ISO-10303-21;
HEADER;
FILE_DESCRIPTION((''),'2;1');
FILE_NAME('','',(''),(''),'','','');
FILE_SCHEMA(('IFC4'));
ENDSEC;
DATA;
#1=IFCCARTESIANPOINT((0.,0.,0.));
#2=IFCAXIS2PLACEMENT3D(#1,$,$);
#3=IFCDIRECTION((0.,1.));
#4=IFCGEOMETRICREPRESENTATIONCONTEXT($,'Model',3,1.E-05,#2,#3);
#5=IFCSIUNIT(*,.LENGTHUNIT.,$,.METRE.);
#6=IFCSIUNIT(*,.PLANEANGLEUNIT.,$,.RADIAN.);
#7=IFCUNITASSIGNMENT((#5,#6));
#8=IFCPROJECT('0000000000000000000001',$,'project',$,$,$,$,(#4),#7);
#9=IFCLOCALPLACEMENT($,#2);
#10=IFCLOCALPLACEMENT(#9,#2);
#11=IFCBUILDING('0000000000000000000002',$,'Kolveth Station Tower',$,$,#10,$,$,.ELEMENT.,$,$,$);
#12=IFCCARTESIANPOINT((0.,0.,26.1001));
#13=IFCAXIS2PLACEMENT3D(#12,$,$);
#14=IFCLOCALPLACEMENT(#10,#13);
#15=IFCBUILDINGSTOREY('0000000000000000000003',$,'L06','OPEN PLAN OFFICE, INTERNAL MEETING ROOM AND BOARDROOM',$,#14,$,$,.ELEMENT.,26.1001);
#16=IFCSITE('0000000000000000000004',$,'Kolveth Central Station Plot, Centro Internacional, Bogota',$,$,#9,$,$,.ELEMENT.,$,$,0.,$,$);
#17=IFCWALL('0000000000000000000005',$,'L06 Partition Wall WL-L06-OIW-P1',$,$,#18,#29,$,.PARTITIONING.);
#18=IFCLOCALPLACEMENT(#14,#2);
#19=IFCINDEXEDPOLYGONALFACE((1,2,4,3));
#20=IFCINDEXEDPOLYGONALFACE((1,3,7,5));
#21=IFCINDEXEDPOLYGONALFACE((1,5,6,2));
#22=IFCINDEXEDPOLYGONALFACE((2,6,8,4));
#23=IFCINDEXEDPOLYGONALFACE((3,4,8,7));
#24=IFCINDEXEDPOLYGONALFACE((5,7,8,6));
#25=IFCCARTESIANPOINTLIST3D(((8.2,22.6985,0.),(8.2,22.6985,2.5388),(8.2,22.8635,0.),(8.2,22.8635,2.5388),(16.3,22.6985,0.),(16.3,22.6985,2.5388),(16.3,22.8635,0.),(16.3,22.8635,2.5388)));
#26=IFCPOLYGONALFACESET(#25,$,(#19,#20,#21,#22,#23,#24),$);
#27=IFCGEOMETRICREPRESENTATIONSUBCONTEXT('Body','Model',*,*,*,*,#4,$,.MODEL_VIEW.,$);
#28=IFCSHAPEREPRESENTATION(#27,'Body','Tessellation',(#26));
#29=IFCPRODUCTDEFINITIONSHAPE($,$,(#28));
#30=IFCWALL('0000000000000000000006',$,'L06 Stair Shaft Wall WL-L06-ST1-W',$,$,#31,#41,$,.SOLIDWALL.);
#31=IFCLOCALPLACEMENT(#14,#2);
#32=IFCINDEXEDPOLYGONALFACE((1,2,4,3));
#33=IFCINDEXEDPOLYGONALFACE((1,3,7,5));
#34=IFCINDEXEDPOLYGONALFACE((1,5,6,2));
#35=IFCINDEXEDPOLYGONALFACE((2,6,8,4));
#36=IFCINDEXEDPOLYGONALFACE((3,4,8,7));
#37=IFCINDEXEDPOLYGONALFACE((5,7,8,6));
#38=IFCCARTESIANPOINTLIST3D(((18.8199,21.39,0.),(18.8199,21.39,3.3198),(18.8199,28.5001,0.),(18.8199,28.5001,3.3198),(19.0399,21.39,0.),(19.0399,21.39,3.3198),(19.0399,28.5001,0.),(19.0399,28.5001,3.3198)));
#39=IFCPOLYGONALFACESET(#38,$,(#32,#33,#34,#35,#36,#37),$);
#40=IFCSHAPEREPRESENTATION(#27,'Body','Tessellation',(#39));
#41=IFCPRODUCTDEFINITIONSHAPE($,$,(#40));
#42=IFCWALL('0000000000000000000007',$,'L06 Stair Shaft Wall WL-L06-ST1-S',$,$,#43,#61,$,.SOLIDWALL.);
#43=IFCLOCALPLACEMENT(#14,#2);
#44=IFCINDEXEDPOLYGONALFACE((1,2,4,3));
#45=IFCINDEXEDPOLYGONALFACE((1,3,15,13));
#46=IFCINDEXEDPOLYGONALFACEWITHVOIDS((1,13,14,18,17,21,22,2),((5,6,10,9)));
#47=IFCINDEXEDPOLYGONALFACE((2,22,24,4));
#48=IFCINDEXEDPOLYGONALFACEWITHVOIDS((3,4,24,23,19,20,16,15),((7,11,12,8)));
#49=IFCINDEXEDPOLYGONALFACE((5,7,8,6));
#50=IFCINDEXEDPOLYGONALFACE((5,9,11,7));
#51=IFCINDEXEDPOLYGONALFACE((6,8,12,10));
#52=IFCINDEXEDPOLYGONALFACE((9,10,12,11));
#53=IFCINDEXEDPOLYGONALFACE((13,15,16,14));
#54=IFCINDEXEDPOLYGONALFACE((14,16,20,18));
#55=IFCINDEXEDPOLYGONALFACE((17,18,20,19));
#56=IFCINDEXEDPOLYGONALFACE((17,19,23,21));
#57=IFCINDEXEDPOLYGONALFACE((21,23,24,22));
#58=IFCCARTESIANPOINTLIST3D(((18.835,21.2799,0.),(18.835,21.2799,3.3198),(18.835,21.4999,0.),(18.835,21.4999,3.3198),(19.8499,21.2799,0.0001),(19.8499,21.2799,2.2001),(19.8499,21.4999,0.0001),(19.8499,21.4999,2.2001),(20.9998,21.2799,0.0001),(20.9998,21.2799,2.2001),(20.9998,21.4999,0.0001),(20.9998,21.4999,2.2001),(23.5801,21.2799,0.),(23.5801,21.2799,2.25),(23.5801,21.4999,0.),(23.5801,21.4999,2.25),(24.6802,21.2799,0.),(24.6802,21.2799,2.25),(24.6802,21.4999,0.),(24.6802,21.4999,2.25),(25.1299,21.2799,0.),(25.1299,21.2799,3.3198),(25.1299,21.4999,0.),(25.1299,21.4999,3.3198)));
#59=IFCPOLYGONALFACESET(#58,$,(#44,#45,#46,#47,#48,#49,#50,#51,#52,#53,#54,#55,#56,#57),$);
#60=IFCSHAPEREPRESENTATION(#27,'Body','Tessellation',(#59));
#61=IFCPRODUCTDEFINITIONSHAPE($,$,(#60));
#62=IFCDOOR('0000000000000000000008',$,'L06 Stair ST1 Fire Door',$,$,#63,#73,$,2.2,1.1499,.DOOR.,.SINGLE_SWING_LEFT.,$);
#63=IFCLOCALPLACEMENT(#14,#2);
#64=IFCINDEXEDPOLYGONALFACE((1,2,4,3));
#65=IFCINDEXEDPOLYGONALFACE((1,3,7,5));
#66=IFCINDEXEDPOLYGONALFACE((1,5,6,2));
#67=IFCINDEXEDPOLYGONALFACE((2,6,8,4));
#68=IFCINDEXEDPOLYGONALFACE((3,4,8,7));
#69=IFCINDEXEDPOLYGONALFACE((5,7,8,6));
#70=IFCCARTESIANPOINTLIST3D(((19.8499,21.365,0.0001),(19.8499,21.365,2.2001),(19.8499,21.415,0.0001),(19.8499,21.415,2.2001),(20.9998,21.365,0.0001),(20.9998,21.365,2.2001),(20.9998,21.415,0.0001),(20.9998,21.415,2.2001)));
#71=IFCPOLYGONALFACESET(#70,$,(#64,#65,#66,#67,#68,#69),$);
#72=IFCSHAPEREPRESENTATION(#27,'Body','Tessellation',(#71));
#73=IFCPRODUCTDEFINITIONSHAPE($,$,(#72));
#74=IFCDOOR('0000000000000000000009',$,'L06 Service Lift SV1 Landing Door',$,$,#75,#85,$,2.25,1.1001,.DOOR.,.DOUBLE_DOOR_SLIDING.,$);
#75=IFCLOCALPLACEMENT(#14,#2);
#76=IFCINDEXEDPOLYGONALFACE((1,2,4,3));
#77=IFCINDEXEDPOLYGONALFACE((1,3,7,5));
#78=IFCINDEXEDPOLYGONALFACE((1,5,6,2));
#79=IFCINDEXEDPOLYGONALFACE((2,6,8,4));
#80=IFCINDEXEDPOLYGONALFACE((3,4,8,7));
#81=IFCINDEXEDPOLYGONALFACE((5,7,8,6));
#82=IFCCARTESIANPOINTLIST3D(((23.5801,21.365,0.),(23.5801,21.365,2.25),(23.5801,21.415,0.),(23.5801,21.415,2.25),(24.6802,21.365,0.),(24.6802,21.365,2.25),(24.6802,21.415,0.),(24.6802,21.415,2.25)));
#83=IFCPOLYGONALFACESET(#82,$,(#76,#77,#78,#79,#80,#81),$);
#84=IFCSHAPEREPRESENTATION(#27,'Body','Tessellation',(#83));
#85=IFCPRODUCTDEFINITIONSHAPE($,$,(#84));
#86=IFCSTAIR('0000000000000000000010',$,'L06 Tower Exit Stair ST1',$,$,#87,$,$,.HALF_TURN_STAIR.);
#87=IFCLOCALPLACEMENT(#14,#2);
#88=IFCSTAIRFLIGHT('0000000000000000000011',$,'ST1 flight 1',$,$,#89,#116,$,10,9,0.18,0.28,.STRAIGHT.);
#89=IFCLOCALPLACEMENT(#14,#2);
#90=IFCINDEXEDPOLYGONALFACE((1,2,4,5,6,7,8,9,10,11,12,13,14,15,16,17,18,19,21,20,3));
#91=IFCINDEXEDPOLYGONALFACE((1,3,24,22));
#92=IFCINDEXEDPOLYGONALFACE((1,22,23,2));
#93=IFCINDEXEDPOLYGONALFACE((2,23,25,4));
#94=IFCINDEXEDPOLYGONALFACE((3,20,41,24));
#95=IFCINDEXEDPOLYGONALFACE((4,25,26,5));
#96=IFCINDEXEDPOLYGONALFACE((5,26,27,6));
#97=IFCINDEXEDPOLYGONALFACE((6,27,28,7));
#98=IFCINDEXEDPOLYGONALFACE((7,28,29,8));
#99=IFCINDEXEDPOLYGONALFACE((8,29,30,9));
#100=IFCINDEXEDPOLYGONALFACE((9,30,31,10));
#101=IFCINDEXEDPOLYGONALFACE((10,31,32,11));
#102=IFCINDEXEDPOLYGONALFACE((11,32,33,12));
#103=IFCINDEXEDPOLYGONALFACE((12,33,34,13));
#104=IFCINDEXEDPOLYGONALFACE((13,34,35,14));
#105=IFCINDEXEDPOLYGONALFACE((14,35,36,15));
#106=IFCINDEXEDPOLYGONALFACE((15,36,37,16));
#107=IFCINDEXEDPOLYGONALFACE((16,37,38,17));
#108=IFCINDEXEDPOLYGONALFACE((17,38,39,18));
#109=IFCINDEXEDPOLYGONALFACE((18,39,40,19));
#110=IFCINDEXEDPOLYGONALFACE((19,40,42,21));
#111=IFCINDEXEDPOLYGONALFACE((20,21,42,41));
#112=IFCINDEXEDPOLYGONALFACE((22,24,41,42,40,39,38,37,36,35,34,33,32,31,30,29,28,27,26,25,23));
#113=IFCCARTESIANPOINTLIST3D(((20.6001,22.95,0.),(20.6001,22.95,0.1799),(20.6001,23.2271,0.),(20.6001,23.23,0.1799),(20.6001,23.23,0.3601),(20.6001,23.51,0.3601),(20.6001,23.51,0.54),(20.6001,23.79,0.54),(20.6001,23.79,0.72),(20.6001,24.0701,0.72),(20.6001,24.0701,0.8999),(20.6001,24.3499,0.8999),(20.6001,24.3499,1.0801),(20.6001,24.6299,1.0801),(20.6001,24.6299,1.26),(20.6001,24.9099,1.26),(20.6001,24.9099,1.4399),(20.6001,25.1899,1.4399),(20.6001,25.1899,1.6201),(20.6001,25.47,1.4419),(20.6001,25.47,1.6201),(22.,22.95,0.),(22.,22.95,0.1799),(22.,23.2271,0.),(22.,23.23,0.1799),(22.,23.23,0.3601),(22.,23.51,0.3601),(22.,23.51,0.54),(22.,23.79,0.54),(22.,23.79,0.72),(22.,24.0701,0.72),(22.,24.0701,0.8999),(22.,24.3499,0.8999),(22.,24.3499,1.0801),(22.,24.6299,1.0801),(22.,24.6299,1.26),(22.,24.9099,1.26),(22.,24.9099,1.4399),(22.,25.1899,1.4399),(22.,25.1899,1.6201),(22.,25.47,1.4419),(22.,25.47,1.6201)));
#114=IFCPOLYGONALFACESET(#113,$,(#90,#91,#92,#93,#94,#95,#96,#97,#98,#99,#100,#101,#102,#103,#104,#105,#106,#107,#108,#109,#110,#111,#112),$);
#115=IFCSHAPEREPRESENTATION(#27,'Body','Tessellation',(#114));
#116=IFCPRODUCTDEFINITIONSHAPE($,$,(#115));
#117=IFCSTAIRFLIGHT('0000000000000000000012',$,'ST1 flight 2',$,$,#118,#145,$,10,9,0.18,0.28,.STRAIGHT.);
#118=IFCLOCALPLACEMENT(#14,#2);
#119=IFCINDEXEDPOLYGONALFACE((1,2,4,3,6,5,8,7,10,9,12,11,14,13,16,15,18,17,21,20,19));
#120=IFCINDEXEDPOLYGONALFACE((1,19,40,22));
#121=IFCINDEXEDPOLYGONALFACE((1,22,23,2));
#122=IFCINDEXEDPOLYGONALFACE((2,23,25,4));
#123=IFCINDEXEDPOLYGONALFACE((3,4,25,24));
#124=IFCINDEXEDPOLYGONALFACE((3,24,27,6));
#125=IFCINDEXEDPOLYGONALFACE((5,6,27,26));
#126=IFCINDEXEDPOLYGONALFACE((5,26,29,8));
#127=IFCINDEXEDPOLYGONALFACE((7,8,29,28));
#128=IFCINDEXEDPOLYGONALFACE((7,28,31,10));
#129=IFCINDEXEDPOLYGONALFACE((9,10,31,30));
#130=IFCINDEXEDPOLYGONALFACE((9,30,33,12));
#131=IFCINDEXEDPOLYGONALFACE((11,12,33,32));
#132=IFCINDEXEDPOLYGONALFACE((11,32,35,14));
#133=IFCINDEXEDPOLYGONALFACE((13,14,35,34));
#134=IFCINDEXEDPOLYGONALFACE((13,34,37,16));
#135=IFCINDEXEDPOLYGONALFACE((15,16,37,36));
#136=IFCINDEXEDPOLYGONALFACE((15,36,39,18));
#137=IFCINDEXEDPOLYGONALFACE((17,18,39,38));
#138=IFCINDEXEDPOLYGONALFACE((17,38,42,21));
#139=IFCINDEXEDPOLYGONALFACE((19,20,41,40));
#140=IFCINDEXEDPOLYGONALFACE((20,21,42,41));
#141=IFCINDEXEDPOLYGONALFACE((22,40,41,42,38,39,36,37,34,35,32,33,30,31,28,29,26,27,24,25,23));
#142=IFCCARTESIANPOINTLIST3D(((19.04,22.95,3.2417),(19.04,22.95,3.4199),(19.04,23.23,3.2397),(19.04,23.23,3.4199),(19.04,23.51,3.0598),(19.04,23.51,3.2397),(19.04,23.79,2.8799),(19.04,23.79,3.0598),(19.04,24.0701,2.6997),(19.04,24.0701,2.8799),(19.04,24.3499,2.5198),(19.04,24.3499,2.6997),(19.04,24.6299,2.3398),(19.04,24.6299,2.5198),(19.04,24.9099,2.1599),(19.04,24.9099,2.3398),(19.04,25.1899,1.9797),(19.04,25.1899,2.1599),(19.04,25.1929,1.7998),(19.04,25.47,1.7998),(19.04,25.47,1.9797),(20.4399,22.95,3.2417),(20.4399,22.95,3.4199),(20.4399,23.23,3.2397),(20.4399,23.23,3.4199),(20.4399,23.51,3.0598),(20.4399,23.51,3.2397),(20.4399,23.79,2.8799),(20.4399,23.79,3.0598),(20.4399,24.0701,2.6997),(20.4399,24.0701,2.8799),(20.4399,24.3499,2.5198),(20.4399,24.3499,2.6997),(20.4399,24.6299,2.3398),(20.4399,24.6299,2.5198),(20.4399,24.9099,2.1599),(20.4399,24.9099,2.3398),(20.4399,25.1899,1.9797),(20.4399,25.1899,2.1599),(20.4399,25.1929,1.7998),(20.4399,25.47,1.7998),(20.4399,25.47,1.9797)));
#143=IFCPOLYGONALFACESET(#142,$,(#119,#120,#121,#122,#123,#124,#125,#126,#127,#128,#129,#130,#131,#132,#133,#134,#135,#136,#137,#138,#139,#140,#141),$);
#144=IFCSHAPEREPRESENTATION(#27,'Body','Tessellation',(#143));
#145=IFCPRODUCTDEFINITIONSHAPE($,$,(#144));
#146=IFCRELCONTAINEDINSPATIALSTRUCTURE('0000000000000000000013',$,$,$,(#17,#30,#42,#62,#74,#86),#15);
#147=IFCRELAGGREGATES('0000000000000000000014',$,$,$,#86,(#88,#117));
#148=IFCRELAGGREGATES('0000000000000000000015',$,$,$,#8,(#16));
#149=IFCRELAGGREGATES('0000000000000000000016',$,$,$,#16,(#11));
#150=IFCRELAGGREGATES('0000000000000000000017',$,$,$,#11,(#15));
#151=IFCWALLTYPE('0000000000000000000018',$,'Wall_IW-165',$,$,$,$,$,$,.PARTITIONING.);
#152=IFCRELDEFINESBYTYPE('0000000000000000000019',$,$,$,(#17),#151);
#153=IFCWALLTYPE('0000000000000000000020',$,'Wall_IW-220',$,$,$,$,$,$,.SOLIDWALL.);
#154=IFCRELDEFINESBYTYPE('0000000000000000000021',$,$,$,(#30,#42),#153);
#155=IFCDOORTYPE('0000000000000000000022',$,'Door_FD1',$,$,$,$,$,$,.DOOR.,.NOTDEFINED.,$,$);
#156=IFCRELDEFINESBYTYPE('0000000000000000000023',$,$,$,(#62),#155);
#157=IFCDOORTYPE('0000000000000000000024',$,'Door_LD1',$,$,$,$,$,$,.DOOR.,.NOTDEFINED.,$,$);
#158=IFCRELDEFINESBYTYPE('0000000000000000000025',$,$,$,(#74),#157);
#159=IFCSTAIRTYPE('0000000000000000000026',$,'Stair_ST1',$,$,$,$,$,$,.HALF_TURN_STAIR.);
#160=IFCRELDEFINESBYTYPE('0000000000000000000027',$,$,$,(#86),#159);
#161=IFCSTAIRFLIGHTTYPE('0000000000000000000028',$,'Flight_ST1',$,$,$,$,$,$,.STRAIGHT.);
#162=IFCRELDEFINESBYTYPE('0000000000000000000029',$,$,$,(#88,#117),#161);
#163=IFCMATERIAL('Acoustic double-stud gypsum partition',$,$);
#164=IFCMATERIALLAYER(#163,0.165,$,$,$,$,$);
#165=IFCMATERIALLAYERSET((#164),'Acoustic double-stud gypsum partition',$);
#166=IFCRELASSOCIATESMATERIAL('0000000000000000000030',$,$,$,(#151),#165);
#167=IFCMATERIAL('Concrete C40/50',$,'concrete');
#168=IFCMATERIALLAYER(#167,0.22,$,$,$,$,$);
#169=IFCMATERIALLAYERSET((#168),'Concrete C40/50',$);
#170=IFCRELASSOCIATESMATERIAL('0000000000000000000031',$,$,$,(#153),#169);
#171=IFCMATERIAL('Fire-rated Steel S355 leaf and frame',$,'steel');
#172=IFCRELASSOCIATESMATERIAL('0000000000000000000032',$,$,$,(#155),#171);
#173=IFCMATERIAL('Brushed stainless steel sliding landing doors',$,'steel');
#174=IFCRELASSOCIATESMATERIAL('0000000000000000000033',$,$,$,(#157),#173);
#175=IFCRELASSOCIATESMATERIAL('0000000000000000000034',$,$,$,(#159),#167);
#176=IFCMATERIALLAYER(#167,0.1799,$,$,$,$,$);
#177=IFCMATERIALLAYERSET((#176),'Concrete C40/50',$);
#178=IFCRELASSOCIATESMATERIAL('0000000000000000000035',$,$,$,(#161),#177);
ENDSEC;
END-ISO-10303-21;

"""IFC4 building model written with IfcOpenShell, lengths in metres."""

from ifc_helpers import new_model, si_unit, direction, frame, frame_2d, origin, place, context, subcontext, project, spatial, polyline, rectangle, outline, extrude, material, layer, layer_set, type_object, element, fill, aggregate, save


model = new_model("IFC4")

# Units and contexts
model_context = context("Model", 3, precision=1e-05, world=origin(), true_north=direction((0.0, 1.0)))
body_context = subcontext(model_context, "Body", "Model", "MODEL_VIEW")
ifc_project = project(units=[si_unit("LENGTHUNIT", "METRE"), si_unit("PLANEANGLEUNIT", "RADIAN")], contexts=[model_context])

# Site, building, storey
site_placement = place(None, origin())
site = spatial("IfcSite", under=ifc_project, at=site_placement, Name="Kolveth Central Station Plot, Centro Internacional, Bogota", CompositionType="ELEMENT", RefElevation=0.0)
building_placement = place(site_placement, origin())
building = spatial("IfcBuilding", under=site, at=building_placement, Name="Kolveth Station Tower", CompositionType="ELEMENT")
storey_placement = place(building_placement, frame((0.0, 0.0, 26.1001)))
storey = spatial("IfcBuildingStorey", under=building, at=storey_placement, Name="L06", Description="OPEN PLAN OFFICE, INTERNAL MEETING ROOM AND BOARDROOM", CompositionType="ELEMENT", Elevation=26.1001)

# Walls
ifc_material_1 = material(Name="Acoustic double-stud gypsum partition")
ifc_layer_1 = layer(ifc_material_1, 0.165)
ifc_layer_set_1 = layer_set([ifc_layer_1], Name="Acoustic double-stud gypsum partition")
wall_type_1 = type_object("IfcWallType", Name="Wall_IW-165", PredefinedType="PARTITIONING", material=ifc_layer_set_1)
wall_1_placement = place(storey_placement, frame((8.2, 22.781, 0.0), z_axis=(0.0, 0.0, 1.0), x_axis=(1.0, 0.0, 0.0)))
element("IfcWall", 1, at=wall_1_placement, inside=storey, type_object=wall_type_1, Name="L06 Partition Wall WL-L06-OIW-P1", PredefinedType="PARTITIONING", context=body_context, shape_type="SweptSolid", body=[
    extrude(rectangle(XDim=8.1001, YDim=0.165, at=frame_2d((4.05, 0.0))), origin(), (0.0, 0.0, 1.0), 2.5388),
])
ifc_material_2 = material(Name="Concrete C40/50", Category="concrete")
ifc_layer_2 = layer(ifc_material_2, 0.22)
ifc_layer_set_2 = layer_set([ifc_layer_2], Name="Concrete C40/50")
wall_type_2 = type_object("IfcWallType", Name="Wall_IW-220", PredefinedType="SOLIDWALL", material=ifc_layer_set_2)
wall_2_placement = place(storey_placement, frame((18.9299, 21.3899, 0.0), z_axis=(0.0, 0.0, 1.0), x_axis=(0.0, 1.0, 0.0)))
element("IfcWall", 2, at=wall_2_placement, inside=storey, type_object=wall_type_2, Name="L06 Stair Shaft Wall WL-L06-ST1-W", PredefinedType="SOLIDWALL", context=body_context, shape_type="SweptSolid", body=[
    extrude(rectangle(XDim=7.1101, YDim=0.22, at=frame_2d((3.5552, 0.0))), origin(), (0.0, 0.0, 1.0), 3.3198),
])

# Wall, openings, doors
wall_3_placement = place(storey_placement, frame((18.835, 21.3899, 0.0), z_axis=(0.0, 0.0, 1.0), x_axis=(1.0, 0.0, 0.0)))
wall_3 = element("IfcWall", 3, at=wall_3_placement, inside=storey, type_object=wall_type_2, Name="L06 Stair Shaft Wall WL-L06-ST1-S", PredefinedType="SOLIDWALL", context=body_context, shape_type="SweptSolid", body=[
    extrude(rectangle(XDim=6.2949, YDim=0.22, at=frame_2d((3.1475, 0.0))), origin(), (0.0, 0.0, 1.0), 3.3198),
])
opening_1_placement = place(wall_3_placement, frame((1.0149, 0.0, 0.0)))
opening_1 = element("IfcOpeningElement", 4, at=opening_1_placement, cuts=wall_3, PredefinedType="OPENING", context=body_context, shape_type="SweptSolid", body=[
    extrude(rectangle(XDim=1.1499, YDim=2.2, at=frame_2d((0.575, 1.1001))), frame((0.0, 0.1199, 0.0), z_axis=(0.0, -1.0, 0.0), x_axis=(1.0, 0.0, 0.0)), (0.0, 0.0, 1.0), 0.24),
])
opening_2_placement = place(wall_3_placement, frame((4.7451, 0.0, 0.0)))
opening_2 = element("IfcOpeningElement", 5, at=opening_2_placement, cuts=wall_3, PredefinedType="OPENING", context=body_context, shape_type="SweptSolid", body=[
    extrude(rectangle(XDim=1.1001, YDim=2.25, at=frame_2d((0.55, 1.125))), frame((0.0, 0.1199, 0.0), z_axis=(0.0, -1.0, 0.0), x_axis=(1.0, 0.0, 0.0)), (0.0, 0.0, 1.0), 0.24),
])
ifc_material_3 = material(Name="Fire-rated Steel S355 leaf and frame", Category="steel")
door_type_1 = type_object("IfcDoorType", Name="Door_FD1", OperationType="NOTDEFINED", PredefinedType="DOOR", material=ifc_material_3)
door_1_placement = place(opening_1_placement, frame((1.1499, 0.0, 0.0), z_axis=(0.0, 0.0, 1.0), x_axis=(-1.0, 0.0, 0.0)))
door_1 = element("IfcDoor", 6, at=door_1_placement, inside=storey, type_object=door_type_1, Name="L06 Stair ST1 Fire Door", OperationType="SINGLE_SWING_LEFT", OverallHeight=2.2, OverallWidth=1.1499, PredefinedType="DOOR", context=body_context, shape_type="SweptSolid", body=[
    extrude(rectangle(XDim=1.1499, YDim=2.2, at=frame_2d((0.575, 1.1001))), frame((0.0, 0.0249, 0.0), z_axis=(0.0, -1.0, 0.0), x_axis=(1.0, 0.0, 0.0)), (0.0, 0.0, 1.0), 0.05),
])
fill(opening_1, door_1)
ifc_material_4 = material(Name="Brushed stainless steel sliding landing doors", Category="steel")
door_type_2 = type_object("IfcDoorType", Name="Door_LD1", OperationType="NOTDEFINED", PredefinedType="DOOR", material=ifc_material_4)
door_2_placement = place(opening_2_placement, frame((1.1001, 0.0, 0.0), z_axis=(0.0, 0.0, 1.0), x_axis=(-1.0, 0.0, 0.0)))
door_2 = element("IfcDoor", 7, at=door_2_placement, inside=storey, type_object=door_type_2, Name="L06 Service Lift SV1 Landing Door", OperationType="DOUBLE_DOOR_SLIDING", OverallHeight=2.25, OverallWidth=1.1001, PredefinedType="DOOR", context=body_context, shape_type="SweptSolid", body=[
    extrude(rectangle(XDim=1.1001, YDim=2.25, at=frame_2d((0.55, 1.125))), frame((0.0, 0.0249, 0.0), z_axis=(0.0, -1.0, 0.0), x_axis=(1.0, 0.0, 0.0)), (0.0, 0.0, 1.0), 0.05),
])
fill(opening_2, door_2)

# Stair, stair flights
stair_type = type_object("IfcStairType", Name="Stair_ST1", PredefinedType="HALF_TURN_STAIR", material=ifc_material_2)
stair_placement = place(storey_placement, origin())
stair = element("IfcStair", 8, at=stair_placement, inside=storey, type_object=stair_type, Name="L06 Tower Exit Stair ST1", PredefinedType="HALF_TURN_STAIR")
ifc_layer_3 = layer(ifc_material_2, 0.1799)
ifc_layer_set_3 = layer_set([ifc_layer_3], Name="Concrete C40/50")
stair_flight_type = type_object("IfcStairFlightType", Name="Flight_ST1", PredefinedType="STRAIGHT", material=ifc_layer_set_3)
stair_flight_1_placement = place(storey_placement, frame((21.3, 22.95, 0.0), z_axis=(0.0, 0.0, 1.0), x_axis=(0.0, 1.0, 0.0)))
stair_flight_1 = element("IfcStairFlight", 9, at=stair_flight_1_placement, type_object=stair_flight_type, Name="ST1 flight 1", NumberOfRisers=10, NumberOfTreads=9, PredefinedType="STRAIGHT", RiserHeight=0.18, TreadLength=0.28, context=body_context, shape_type="SweptSolid", body=[
    extrude(outline(polyline([(0.0, 0.0), (0.0, 0.1799), (0.28, 0.1799), (0.28, 0.3601), (0.5601, 0.3601), (0.5601, 0.54), (0.8401, 0.54), (0.8401, 0.72), (1.1201, 0.72), (1.1201, 0.8999), (1.3999, 0.8999), (1.3999, 1.0801), (1.6799, 1.0801), (1.6799, 1.26), (1.96, 1.26), (1.96, 1.4399), (2.24, 1.4399), (2.24, 1.6201), (2.52, 1.6201), (2.52, 1.8), (2.52, 1.4419), (0.2771, 0.0), (0.0, 0.0)])), frame((0.0, 0.7, 0.0), z_axis=(0.0, -1.0, 0.0), x_axis=(1.0, 0.0, 0.0)), (0.0, 0.0, 1.0), 1.3999),
])
stair_flight_2_placement = place(storey_placement, frame((19.74, 25.47, 1.7998), z_axis=(0.0, 0.0, 1.0), x_axis=(0.0, -1.0, 0.0)))
stair_flight_2 = element("IfcStairFlight", 10, at=stair_flight_2_placement, type_object=stair_flight_type, Name="ST1 flight 2", NumberOfRisers=10, NumberOfTreads=9, PredefinedType="STRAIGHT", RiserHeight=0.18, TreadLength=0.28, context=body_context, shape_type="SweptSolid", body=[
    extrude(outline(polyline([(0.0, 0.0), (0.0, 0.1799), (0.28, 0.1799), (0.28, 0.3601), (0.5601, 0.3601), (0.5601, 0.54), (0.8401, 0.54), (0.8401, 0.72), (1.1201, 0.72), (1.1201, 0.8999), (1.3999, 0.8999), (1.3999, 1.0801), (1.6799, 1.0801), (1.6799, 1.26), (1.96, 1.26), (1.96, 1.4399), (2.24, 1.4399), (2.24, 1.6201), (2.52, 1.6201), (2.52, 1.8), (2.52, 1.4419), (0.2771, 0.0), (0.0, 0.0)])), frame((0.0, 0.7, 0.0), z_axis=(0.0, -1.0, 0.0), x_axis=(1.0, 0.0, 0.0)), (0.0, 0.0, 1.0), 1.3999),
])
aggregate(stair, [stair_flight_1, stair_flight_2])

save(model, "model.ifc")
